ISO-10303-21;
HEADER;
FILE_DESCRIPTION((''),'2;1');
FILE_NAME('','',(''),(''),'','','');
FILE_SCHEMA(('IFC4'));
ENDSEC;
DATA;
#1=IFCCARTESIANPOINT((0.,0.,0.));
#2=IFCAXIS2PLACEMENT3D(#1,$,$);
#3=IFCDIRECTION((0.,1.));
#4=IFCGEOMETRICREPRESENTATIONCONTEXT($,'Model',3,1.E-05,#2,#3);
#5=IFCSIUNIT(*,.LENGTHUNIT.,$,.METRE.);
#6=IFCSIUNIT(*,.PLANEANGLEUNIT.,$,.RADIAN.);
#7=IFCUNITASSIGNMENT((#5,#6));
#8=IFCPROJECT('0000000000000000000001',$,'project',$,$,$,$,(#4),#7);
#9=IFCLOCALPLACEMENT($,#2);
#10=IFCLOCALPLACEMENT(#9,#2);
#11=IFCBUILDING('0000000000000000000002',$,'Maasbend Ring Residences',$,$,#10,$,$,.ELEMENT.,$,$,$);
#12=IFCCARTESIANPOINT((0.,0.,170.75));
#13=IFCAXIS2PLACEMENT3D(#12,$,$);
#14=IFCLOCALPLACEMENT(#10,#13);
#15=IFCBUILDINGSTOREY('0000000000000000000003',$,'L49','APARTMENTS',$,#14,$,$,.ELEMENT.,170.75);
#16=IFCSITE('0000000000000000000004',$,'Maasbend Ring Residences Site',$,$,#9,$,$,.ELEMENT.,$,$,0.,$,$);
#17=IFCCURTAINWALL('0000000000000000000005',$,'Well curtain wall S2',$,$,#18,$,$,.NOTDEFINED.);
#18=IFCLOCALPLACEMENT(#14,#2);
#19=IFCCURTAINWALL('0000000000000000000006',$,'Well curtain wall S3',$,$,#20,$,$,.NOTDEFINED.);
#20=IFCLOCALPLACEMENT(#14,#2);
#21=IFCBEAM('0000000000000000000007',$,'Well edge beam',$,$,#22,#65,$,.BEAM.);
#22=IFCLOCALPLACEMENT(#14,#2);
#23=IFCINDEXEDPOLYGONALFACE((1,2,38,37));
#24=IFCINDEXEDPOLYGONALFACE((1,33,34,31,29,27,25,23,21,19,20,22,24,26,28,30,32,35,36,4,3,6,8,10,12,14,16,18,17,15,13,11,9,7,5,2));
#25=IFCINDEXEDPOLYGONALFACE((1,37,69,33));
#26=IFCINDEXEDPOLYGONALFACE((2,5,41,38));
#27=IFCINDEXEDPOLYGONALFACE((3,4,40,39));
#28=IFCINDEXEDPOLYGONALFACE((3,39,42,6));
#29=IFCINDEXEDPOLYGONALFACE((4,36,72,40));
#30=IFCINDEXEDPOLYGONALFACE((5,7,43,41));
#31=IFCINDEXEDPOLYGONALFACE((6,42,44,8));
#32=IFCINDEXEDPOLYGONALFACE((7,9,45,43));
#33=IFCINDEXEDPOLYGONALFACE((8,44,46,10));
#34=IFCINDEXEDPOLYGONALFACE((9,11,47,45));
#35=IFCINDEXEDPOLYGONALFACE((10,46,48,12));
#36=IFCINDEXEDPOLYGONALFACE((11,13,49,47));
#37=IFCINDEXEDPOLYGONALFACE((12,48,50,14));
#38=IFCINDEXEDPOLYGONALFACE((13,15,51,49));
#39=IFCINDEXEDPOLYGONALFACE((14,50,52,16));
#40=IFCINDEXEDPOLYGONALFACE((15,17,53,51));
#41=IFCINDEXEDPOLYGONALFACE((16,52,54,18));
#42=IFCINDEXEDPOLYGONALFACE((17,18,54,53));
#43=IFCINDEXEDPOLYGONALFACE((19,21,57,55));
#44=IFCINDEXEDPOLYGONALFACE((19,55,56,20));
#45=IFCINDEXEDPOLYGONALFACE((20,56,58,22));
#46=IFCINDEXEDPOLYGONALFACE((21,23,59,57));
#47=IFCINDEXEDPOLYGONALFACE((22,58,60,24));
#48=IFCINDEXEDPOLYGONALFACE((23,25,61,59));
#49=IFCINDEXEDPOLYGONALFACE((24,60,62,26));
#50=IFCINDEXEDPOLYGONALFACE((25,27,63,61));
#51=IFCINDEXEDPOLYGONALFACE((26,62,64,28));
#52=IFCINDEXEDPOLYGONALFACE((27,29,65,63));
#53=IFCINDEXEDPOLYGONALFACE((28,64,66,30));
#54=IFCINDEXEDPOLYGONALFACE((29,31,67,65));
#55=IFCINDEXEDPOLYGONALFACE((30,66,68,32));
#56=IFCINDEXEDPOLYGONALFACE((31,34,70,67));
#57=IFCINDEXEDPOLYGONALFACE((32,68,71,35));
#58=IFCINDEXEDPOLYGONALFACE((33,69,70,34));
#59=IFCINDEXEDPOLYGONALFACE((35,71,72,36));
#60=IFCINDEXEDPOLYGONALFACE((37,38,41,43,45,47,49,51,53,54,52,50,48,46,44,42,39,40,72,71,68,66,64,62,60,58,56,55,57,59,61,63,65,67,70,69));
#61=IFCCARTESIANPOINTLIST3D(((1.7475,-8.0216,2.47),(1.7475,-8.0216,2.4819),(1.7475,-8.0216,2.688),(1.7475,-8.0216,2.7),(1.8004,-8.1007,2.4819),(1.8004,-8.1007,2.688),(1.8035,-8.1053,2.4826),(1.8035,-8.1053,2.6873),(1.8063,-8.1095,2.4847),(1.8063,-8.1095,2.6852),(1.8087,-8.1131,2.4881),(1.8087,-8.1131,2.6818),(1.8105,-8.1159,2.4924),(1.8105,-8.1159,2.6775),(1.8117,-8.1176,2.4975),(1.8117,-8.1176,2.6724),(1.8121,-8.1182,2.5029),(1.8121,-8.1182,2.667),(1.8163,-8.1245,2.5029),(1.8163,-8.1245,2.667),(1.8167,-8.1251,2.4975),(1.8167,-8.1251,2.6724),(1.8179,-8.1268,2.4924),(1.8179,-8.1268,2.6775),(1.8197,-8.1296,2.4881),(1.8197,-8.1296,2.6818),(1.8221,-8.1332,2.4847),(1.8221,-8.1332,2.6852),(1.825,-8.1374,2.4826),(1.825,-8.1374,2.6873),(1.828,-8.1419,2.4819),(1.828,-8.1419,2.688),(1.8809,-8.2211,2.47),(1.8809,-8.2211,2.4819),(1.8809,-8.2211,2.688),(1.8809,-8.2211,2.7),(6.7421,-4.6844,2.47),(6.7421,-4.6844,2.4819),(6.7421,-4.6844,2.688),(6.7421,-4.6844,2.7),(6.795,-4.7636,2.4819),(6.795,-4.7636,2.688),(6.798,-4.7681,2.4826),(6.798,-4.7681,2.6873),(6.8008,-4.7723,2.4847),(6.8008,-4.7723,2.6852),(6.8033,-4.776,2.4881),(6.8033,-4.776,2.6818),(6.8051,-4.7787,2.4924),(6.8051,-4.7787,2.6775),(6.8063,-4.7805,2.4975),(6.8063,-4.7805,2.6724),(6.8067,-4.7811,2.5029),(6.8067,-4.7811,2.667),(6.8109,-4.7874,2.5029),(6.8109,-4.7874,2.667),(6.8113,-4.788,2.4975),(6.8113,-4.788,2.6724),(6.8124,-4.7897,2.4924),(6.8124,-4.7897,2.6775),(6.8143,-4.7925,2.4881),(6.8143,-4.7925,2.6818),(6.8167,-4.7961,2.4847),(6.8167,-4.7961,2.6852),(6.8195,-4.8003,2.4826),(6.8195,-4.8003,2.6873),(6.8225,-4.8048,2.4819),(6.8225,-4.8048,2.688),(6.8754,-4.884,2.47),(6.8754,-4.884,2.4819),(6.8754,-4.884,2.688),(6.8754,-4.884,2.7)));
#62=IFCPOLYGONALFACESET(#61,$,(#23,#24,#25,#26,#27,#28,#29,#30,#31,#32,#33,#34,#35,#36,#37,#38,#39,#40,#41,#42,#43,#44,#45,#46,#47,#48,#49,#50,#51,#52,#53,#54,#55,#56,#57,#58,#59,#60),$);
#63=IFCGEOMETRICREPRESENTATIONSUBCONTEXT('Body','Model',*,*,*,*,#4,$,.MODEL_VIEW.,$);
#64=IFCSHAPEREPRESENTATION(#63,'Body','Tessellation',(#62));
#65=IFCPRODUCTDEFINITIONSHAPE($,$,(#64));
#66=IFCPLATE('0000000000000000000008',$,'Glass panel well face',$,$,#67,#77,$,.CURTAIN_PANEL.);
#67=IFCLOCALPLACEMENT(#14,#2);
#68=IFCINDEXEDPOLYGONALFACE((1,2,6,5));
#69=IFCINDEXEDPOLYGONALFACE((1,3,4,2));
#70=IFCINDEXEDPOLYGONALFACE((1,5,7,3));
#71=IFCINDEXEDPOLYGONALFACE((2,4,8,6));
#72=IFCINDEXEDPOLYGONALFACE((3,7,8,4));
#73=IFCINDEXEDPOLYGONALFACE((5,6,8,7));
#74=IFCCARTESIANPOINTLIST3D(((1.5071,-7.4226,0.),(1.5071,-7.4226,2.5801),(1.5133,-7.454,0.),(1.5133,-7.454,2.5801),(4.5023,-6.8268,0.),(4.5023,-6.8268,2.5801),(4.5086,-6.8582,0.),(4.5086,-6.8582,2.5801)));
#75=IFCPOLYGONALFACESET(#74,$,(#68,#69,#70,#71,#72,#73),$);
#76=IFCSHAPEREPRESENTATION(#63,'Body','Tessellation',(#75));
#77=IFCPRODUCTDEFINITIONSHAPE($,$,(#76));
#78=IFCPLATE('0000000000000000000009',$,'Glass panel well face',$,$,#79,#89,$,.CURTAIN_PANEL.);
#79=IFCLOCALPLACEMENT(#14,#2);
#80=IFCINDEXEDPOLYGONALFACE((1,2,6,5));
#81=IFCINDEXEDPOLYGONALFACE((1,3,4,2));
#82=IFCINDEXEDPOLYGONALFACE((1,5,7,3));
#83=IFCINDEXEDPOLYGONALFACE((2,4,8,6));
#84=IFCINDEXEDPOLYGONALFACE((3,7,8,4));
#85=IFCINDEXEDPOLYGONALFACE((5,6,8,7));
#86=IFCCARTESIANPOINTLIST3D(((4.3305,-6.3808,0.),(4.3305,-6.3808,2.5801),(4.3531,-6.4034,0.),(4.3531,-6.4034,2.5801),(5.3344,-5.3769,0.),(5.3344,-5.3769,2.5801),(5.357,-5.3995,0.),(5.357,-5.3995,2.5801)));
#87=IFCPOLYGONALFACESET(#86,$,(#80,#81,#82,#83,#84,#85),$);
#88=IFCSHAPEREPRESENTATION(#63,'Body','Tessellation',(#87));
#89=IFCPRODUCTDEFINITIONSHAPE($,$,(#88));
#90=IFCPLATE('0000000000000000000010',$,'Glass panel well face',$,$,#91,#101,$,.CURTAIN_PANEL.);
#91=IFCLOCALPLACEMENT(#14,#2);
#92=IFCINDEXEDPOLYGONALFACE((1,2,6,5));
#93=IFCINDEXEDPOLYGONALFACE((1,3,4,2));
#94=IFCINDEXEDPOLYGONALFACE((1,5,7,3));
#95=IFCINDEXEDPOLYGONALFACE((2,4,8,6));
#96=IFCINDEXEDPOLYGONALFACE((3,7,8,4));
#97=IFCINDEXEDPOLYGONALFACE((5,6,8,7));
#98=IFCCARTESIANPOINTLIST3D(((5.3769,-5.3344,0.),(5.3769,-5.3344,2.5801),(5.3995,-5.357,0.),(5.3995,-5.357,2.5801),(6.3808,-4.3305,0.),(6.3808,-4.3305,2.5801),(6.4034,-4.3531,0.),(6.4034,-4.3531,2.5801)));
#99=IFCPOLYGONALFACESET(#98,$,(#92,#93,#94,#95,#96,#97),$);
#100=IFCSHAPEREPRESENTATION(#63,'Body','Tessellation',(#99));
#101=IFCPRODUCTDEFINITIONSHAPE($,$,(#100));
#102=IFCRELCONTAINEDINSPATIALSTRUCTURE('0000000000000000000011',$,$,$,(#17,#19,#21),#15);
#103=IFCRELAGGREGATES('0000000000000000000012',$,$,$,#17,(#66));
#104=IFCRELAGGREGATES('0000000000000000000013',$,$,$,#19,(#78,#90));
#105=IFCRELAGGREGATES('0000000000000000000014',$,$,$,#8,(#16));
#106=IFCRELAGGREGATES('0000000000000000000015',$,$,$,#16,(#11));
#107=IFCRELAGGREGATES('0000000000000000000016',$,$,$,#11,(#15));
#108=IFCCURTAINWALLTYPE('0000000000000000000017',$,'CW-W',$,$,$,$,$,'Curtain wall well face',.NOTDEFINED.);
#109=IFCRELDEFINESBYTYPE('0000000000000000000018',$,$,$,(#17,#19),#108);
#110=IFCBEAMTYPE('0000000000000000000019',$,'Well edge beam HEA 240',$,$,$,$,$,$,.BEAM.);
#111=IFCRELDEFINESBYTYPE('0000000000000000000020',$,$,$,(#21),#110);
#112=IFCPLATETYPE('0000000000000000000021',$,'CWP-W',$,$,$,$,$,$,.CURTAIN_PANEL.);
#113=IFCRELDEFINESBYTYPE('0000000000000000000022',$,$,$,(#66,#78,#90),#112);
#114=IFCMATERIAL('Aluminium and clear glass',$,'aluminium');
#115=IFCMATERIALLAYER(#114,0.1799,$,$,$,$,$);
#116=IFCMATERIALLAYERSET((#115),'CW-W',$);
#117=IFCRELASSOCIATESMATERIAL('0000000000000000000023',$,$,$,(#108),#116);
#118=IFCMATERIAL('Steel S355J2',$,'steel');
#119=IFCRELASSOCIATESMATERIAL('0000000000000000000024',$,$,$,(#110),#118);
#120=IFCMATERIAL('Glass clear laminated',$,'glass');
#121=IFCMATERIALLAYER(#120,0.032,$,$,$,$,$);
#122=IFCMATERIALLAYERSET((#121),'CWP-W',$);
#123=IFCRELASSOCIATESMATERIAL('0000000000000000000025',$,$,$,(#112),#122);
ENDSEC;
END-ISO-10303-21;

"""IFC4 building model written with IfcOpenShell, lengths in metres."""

from ifc_helpers import new_model, si_unit, direction, frame, origin, origin_2d, place, context, subcontext, project, spatial, rectangle, i_section, extrude, material, layer, layer_set, material_profile, profile_set, type_object, element, aggregate, save


model = new_model("IFC4")

# Units and contexts
model_context = context("Model", 3, precision=1e-05, world=origin(), true_north=direction((0.0, 1.0)))
body_context = subcontext(model_context, "Body", "Model", "MODEL_VIEW")
ifc_project = project(units=[si_unit("LENGTHUNIT", "METRE"), si_unit("PLANEANGLEUNIT", "RADIAN")], contexts=[model_context])

# Site, building, storey
site_placement = place(None, origin())
site = spatial("IfcSite", under=ifc_project, at=site_placement, Name="Maasbend Ring Residences Site", CompositionType="ELEMENT", RefElevation=0.0)
building_placement = place(site_placement, origin())
building = spatial("IfcBuilding", under=site, at=building_placement, Name="Maasbend Ring Residences", CompositionType="ELEMENT")
storey_placement = place(building_placement, frame((0.0, 0.0, 170.75)))
storey = spatial("IfcBuildingStorey", under=building, at=storey_placement, Name="L49", Description="APARTMENTS", CompositionType="ELEMENT", Elevation=170.75)

# Curtain walls
ifc_material_1 = material(Name="Aluminium and clear glass", Category="aluminium")
ifc_layer_1 = layer(ifc_material_1, 0.1799)
ifc_layer_set_1 = layer_set([ifc_layer_1], Name="CW-W")
curtain_wall_type = type_object("IfcCurtainWallType", Name="CW-W", ElementType="Curtain wall well face", PredefinedType="NOTDEFINED", material=ifc_layer_set_1)
curtain_wall_1_placement = place(storey_placement, origin())
curtain_wall_1 = element("IfcCurtainWall", 1, at=curtain_wall_1_placement, inside=storey, type_object=curtain_wall_type, Name="Well curtain wall S2", PredefinedType="NOTDEFINED")
curtain_wall_2_placement = place(storey_placement, origin())
curtain_wall_2 = element("IfcCurtainWall", 2, at=curtain_wall_2_placement, inside=storey, type_object=curtain_wall_type, Name="Well curtain wall S3", PredefinedType="NOTDEFINED")

# Beam
ifc_material_2 = material(Name="Steel S355J2", Category="steel")
ifc_material_profile_1 = material_profile(ifc_material_2, i_section(OverallWidth=0.24, OverallDepth=0.23, WebThickness=0.0076, FlangeThickness=0.012, FilletRadius=0.021, at=origin_2d()), Name="HEA 240")
ifc_profile_set_1 = profile_set([ifc_material_profile_1], Name="Steel S355J2")
beam_type = type_object("IfcBeamType", Name="Well edge beam HEA 240", PredefinedType="BEAM", material=ifc_profile_set_1)
beam_placement = place(storey_placement, frame((1.8142, -8.1213, 2.585), z_axis=(0.831481, 0.555553, 0.0), x_axis=(-0.555553, 0.831481, 0.0)))
element("IfcBeam", 3, at=beam_placement, inside=storey, type_object=beam_type, Name="Well edge beam", PredefinedType="BEAM", context=body_context, shape_type="SweptSolid", body=[
    extrude(i_section(OverallWidth=0.24, OverallDepth=0.23, WebThickness=0.0076, FlangeThickness=0.012, FilletRadius=0.021, at=origin_2d()), origin(), (0.0, 0.0, 1.0), 6.0068),
])

# Plates
ifc_material_3 = material(Name="Glass clear laminated", Category="glass")
ifc_layer_2 = layer(ifc_material_3, 0.032)
ifc_layer_set_2 = layer_set([ifc_layer_2], Name="CWP-W")
plate_type = type_object("IfcPlateType", Name="CWP-W", PredefinedType="CURTAIN_PANEL", material=ifc_layer_set_2)
plate_1_placement = place(storey_placement, frame((3.0078, -7.1404, 0.0), z_axis=(0.0, 0.0, 1.0), x_axis=(0.980785, 0.19509, 0.0)))
plate_1 = element("IfcPlate", 4, at=plate_1_placement, type_object=plate_type, Name="Glass panel well face", PredefinedType="CURTAIN_PANEL", context=body_context, shape_type="SweptSolid", body=[
    extrude(rectangle(XDim=3.054, YDim=0.032, at=origin_2d()), origin(), (0.0, 0.0, 1.0), 2.5801),
])
aggregate(curtain_wall_1, [plate_1])
plate_2_placement = place(storey_placement, frame((4.8438, -5.8901, 0.0), z_axis=(0.0, 0.0, 1.0), x_axis=(0.707107, 0.707107, 0.0)))
plate_2 = element("IfcPlate", 5, at=plate_2_placement, type_object=plate_type, Name="Glass panel well face", PredefinedType="CURTAIN_PANEL", context=body_context, shape_type="SweptSolid", body=[
    extrude(rectangle(XDim=1.4197, YDim=0.032, at=origin_2d()), origin(), (0.0, 0.0, 1.0), 2.5801),
])
plate_3_placement = place(storey_placement, frame((5.8901, -4.8438, 0.0), z_axis=(0.0, 0.0, 1.0), x_axis=(0.707107, 0.707107, 0.0)))
plate_3 = element("IfcPlate", 6, at=plate_3_placement, type_object=plate_type, Name="Glass panel well face", PredefinedType="CURTAIN_PANEL", context=body_context, shape_type="SweptSolid", body=[
    extrude(rectangle(XDim=1.4197, YDim=0.032, at=origin_2d()), origin(), (0.0, 0.0, 1.0), 2.5801),
])
aggregate(curtain_wall_2, [plate_2, plate_3])

save(model, "model.ifc")
